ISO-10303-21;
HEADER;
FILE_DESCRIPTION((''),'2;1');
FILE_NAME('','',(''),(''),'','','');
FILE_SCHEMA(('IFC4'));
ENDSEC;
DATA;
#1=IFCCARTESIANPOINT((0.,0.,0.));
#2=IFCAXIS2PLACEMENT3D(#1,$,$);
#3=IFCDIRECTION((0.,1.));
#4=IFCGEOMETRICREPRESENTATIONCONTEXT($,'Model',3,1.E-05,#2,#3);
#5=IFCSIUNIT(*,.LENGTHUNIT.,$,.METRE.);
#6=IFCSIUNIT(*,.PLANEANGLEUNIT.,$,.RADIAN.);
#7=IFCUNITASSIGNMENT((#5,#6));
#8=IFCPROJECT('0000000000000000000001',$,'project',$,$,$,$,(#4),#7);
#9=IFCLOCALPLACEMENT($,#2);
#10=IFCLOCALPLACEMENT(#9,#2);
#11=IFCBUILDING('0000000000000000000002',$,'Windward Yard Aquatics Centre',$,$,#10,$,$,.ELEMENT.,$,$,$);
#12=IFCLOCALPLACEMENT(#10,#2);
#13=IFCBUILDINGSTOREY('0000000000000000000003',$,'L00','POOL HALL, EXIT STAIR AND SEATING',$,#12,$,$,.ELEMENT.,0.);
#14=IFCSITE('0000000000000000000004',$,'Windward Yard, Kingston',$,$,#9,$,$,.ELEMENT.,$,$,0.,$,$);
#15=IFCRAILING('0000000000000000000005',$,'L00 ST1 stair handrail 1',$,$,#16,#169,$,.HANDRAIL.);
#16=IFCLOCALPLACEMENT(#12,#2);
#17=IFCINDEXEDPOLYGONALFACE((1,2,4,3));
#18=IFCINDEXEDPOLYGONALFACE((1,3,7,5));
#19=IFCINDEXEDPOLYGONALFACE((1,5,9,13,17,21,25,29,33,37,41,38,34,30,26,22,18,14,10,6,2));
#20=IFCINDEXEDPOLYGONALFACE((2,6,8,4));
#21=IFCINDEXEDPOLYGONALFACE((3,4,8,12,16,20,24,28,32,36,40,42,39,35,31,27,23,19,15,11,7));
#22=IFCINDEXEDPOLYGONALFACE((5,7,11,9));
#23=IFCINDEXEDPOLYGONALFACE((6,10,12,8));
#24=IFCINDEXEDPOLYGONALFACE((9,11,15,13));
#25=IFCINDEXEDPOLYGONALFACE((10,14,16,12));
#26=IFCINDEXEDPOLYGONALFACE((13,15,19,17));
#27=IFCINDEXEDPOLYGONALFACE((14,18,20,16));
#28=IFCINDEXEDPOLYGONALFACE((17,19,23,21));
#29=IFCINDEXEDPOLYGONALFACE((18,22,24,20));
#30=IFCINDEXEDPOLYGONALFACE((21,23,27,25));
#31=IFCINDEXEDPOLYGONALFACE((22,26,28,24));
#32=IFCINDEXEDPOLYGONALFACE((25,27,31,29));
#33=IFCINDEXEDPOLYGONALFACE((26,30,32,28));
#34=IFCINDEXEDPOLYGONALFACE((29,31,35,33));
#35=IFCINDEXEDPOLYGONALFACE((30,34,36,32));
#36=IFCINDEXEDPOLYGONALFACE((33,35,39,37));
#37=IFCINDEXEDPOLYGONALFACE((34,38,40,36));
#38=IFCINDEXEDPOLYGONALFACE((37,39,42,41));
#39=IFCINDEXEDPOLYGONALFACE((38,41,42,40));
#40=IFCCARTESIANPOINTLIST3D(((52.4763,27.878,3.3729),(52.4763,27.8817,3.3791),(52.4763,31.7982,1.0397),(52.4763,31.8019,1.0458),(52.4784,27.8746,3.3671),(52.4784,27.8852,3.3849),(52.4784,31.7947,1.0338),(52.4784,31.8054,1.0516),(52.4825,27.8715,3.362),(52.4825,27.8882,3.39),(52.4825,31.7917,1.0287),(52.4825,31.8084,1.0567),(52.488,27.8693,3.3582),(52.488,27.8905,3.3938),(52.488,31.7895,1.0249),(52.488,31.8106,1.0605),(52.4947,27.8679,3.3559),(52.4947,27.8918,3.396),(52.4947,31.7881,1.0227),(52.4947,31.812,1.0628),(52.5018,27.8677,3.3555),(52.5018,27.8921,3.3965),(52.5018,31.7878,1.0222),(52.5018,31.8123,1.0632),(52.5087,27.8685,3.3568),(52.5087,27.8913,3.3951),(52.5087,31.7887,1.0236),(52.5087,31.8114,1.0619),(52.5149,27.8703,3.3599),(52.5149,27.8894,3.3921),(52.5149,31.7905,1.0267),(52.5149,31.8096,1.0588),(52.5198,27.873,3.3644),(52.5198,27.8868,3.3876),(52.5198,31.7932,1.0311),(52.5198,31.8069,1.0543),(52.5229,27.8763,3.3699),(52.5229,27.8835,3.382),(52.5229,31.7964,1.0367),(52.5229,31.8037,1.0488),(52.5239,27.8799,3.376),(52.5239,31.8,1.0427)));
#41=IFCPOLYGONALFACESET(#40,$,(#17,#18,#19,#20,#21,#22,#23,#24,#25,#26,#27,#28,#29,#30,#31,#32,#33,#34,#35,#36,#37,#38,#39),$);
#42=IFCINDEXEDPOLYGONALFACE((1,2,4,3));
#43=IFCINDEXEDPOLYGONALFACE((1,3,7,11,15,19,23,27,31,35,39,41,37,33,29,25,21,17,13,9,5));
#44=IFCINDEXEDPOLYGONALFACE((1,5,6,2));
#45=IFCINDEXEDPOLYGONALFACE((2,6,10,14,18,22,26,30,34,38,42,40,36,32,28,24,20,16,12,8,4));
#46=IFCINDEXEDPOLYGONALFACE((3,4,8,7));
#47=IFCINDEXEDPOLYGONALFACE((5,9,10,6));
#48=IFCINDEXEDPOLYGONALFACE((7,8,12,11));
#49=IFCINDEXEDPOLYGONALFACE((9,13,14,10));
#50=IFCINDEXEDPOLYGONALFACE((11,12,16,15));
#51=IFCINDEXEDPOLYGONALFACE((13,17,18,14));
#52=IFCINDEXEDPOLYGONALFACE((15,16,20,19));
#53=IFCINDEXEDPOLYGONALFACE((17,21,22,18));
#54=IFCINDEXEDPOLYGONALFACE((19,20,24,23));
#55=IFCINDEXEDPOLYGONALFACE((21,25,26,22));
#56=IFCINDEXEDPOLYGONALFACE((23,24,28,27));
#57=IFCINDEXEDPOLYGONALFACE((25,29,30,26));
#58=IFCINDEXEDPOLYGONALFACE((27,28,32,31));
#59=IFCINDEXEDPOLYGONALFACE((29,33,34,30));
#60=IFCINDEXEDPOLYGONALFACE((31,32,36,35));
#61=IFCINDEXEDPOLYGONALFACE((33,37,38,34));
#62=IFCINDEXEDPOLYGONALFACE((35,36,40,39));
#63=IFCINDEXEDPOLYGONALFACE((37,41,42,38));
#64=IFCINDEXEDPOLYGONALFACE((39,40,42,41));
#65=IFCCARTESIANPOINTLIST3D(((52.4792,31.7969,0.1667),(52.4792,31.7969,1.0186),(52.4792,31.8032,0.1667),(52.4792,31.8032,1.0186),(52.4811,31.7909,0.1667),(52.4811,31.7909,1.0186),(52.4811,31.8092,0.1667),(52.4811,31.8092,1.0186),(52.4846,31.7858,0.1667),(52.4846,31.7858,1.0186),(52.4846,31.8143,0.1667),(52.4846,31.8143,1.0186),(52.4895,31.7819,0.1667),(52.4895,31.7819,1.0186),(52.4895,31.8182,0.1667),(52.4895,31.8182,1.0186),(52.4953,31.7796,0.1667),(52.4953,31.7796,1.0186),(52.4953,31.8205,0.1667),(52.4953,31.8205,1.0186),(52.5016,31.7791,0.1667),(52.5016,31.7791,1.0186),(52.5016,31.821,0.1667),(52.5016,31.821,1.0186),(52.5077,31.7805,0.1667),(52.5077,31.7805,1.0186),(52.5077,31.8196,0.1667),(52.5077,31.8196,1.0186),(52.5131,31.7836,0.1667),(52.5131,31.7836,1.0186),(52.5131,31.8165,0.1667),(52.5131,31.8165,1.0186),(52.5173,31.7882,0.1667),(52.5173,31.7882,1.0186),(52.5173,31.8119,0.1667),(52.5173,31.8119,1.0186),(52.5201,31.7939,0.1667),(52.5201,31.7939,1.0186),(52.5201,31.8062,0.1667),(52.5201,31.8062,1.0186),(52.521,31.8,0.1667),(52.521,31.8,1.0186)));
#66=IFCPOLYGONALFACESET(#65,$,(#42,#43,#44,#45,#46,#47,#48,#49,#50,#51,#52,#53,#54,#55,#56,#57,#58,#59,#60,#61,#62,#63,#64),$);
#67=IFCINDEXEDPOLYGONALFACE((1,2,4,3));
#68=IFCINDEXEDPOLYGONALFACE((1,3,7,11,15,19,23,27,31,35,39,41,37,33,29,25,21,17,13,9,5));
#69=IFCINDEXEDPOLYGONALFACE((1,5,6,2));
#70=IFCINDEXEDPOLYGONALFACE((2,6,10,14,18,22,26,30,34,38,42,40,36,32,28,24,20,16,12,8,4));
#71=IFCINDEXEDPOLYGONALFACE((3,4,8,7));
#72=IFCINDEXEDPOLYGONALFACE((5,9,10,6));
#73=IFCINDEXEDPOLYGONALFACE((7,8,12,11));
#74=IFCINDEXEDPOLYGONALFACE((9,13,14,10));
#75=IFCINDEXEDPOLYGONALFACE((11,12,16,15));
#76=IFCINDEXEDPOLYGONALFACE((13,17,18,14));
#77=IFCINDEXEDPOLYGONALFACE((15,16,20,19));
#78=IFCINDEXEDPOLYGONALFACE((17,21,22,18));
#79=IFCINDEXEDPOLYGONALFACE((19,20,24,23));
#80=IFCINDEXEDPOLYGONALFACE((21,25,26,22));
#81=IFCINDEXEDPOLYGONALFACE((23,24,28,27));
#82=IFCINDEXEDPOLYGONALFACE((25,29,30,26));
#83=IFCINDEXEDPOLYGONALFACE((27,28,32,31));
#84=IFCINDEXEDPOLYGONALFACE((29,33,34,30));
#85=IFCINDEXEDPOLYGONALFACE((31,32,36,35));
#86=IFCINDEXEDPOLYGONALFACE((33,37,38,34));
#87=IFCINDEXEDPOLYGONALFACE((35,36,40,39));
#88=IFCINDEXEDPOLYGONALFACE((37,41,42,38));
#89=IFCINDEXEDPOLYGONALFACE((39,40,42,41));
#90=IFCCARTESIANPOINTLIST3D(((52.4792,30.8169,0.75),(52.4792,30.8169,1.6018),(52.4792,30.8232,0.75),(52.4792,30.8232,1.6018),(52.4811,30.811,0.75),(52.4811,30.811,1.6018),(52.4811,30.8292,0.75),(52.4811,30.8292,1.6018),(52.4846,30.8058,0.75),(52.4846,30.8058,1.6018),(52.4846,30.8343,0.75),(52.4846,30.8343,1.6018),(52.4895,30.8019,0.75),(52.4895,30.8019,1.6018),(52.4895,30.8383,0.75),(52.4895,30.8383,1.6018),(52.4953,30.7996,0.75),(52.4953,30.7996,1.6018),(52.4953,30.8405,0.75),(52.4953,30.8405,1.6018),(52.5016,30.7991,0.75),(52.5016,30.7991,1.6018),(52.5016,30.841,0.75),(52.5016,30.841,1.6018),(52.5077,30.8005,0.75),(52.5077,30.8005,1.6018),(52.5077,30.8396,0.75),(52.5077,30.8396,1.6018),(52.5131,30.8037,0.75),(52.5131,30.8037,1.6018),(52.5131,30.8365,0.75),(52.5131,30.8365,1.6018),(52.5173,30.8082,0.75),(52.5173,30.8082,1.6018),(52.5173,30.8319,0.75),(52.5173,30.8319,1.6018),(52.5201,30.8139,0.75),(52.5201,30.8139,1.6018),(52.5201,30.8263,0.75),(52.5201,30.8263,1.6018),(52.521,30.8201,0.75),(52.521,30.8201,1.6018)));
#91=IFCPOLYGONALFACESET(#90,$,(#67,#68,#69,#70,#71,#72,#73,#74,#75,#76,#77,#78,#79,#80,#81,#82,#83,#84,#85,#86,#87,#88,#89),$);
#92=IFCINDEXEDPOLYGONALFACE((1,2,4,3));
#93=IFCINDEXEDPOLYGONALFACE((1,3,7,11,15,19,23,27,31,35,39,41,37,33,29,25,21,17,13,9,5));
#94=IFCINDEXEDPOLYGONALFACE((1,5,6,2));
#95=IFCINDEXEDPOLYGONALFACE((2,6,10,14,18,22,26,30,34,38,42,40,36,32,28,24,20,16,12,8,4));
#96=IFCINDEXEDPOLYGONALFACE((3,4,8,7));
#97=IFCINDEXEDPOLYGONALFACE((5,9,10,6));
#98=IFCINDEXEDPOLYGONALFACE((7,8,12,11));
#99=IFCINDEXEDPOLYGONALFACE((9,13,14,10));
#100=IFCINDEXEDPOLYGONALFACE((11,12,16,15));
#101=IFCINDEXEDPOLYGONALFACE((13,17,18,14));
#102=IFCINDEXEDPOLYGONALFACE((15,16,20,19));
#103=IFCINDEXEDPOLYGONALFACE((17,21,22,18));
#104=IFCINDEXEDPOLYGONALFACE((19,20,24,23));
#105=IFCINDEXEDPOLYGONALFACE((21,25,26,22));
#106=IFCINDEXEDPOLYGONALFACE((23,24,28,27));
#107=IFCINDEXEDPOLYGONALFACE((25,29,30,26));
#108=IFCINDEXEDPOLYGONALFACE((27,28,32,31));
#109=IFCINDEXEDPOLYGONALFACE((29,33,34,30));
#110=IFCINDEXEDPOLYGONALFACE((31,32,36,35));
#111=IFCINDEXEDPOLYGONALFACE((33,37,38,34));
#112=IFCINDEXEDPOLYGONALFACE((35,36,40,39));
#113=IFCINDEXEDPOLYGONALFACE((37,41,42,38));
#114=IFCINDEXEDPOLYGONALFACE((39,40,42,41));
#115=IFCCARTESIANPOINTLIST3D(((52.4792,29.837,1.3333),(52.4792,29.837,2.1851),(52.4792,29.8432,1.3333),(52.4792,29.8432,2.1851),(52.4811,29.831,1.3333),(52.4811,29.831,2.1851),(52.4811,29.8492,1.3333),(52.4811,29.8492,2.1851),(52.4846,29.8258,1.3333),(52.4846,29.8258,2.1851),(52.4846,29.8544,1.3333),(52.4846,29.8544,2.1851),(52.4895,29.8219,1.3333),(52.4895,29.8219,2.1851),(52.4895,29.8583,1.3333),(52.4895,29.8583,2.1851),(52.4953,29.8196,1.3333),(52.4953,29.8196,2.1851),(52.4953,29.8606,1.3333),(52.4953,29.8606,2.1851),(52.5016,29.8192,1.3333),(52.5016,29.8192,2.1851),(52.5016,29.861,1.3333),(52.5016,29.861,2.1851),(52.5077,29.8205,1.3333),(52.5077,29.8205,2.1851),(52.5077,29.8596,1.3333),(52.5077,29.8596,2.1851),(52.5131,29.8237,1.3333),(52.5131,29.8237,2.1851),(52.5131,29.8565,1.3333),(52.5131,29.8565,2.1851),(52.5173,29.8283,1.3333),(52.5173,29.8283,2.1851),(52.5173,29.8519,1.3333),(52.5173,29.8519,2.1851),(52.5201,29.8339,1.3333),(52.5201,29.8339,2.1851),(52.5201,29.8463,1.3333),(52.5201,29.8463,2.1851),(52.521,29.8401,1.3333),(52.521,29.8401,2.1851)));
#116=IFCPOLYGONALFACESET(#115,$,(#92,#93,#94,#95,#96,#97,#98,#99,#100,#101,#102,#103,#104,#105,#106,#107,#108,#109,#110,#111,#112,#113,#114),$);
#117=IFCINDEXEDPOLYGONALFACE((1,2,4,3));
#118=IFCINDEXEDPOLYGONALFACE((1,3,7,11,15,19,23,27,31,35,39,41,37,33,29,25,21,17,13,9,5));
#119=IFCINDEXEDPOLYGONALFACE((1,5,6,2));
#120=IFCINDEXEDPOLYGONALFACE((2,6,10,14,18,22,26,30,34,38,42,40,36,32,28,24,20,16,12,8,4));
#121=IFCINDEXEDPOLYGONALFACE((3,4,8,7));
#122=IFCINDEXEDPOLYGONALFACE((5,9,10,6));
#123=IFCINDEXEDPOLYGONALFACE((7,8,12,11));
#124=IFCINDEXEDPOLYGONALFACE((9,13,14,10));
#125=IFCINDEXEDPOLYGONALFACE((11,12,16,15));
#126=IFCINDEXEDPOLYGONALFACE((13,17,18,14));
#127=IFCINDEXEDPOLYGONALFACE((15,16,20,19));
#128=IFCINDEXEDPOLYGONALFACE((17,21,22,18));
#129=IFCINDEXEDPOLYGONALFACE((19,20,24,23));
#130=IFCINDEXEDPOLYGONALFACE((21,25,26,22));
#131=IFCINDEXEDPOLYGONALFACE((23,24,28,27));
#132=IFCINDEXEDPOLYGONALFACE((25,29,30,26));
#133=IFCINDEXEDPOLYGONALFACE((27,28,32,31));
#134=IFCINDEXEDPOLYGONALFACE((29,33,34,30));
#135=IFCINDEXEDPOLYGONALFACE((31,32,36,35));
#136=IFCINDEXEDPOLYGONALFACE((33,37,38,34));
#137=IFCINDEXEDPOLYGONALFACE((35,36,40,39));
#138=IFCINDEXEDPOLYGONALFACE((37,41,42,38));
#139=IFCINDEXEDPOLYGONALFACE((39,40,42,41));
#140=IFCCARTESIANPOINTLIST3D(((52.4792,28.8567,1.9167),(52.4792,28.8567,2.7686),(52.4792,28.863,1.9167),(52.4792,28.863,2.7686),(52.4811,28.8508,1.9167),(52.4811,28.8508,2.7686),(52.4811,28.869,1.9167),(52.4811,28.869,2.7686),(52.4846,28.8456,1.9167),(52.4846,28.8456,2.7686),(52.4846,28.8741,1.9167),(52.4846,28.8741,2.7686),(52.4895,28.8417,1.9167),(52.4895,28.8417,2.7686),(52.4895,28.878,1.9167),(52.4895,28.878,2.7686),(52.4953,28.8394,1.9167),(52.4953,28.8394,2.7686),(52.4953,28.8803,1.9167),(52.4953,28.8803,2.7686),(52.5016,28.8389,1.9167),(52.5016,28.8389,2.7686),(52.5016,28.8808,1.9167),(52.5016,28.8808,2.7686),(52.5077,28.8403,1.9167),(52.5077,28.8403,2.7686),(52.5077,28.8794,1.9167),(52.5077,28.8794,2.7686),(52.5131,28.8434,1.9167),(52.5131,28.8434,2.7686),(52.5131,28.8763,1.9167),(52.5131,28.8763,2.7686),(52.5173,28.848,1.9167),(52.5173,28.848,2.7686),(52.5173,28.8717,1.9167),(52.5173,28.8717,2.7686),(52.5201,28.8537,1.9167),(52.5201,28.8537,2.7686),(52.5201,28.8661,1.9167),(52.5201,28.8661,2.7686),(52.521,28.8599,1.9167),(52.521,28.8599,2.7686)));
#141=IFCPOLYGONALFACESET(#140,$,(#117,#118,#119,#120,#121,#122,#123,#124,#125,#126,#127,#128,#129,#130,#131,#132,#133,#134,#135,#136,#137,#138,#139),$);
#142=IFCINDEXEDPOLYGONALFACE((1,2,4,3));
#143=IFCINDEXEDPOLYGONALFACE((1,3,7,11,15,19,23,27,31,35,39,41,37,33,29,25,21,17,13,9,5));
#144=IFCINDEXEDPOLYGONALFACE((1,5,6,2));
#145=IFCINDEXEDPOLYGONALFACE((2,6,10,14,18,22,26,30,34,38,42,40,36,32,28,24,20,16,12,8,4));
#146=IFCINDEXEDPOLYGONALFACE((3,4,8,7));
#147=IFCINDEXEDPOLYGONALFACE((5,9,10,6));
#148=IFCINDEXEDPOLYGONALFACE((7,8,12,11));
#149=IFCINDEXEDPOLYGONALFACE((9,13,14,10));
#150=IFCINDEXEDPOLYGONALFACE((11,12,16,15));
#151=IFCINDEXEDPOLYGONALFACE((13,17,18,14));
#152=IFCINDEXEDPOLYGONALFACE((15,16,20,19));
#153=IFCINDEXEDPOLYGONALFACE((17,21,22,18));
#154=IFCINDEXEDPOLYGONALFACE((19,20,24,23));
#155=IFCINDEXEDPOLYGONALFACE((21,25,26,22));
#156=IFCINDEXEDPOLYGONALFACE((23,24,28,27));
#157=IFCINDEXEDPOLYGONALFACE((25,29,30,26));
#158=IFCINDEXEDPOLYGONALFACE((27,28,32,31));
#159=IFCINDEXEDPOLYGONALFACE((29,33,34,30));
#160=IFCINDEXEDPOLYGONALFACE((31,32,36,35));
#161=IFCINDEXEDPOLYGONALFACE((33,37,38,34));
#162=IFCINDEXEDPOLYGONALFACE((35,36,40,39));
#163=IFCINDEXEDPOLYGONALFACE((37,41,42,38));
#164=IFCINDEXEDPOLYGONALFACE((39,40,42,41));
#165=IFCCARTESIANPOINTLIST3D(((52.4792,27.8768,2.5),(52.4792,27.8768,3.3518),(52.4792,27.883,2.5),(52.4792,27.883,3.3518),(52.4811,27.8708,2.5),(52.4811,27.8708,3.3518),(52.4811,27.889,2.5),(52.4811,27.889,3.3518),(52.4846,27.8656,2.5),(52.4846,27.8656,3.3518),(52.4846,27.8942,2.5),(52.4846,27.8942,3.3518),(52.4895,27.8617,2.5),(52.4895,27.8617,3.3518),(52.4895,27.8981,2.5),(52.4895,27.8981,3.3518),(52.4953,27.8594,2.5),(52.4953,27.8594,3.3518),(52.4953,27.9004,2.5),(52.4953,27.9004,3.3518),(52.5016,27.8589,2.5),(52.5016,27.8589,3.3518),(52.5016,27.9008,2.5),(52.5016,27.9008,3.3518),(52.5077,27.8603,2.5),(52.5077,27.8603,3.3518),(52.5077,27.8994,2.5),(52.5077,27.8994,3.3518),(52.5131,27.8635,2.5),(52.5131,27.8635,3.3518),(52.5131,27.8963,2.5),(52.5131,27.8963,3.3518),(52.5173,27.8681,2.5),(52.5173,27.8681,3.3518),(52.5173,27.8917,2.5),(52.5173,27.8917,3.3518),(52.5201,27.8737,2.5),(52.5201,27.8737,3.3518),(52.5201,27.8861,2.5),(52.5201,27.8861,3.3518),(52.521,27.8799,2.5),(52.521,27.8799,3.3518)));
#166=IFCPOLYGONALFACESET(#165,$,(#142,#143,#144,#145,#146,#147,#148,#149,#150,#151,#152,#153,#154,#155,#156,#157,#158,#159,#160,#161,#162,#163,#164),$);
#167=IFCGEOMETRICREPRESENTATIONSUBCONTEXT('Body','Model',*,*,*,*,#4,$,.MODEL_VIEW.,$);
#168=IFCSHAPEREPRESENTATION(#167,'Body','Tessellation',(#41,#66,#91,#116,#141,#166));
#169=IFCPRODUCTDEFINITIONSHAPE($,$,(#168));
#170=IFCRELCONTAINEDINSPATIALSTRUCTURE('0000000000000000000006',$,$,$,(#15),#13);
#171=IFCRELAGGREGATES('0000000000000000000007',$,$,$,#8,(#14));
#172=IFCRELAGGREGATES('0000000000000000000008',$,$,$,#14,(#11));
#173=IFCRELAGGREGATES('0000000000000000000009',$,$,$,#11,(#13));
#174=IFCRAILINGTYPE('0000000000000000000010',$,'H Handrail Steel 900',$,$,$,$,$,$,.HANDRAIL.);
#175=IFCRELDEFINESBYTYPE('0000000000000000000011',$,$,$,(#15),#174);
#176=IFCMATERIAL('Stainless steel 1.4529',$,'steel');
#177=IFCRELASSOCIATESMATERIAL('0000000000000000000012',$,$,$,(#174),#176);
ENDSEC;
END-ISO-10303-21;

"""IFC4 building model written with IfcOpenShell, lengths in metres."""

from ifc_helpers import new_model, si_unit, direction, frame, origin, origin_2d, place, context, subcontext, project, spatial, circle, extrude, material, type_object, element, save


model = new_model("IFC4")

# Units and contexts
model_context = context("Model", 3, precision=1e-05, world=origin(), true_north=direction((0.0, 1.0)))
body_context = subcontext(model_context, "Body", "Model", "MODEL_VIEW")
ifc_project = project(units=[si_unit("LENGTHUNIT", "METRE"), si_unit("PLANEANGLEUNIT", "RADIAN")], contexts=[model_context])

# Site, building, storey
site_placement = place(None, origin())
site = spatial("IfcSite", under=ifc_project, at=site_placement, Name="Windward Yard, Kingston", CompositionType="ELEMENT", RefElevation=0.0)
building_placement = place(site_placement, origin())
building = spatial("IfcBuilding", under=site, at=building_placement, Name="Windward Yard Aquatics Centre", CompositionType="ELEMENT")
storey_placement = place(building_placement, origin())
storey = spatial("IfcBuildingStorey", under=building, at=storey_placement, Name="L00", Description="POOL HALL, EXIT STAIR AND SEATING", CompositionType="ELEMENT", Elevation=0.0)

# Railing
ifc_material_1 = material(Name="Stainless steel 1.4529", Category="steel")
railing_type_1 = type_object("IfcRailingType", Name="H Handrail Steel 900", PredefinedType="HANDRAIL", material=ifc_material_1)
railing_1_placement = place(storey_placement, frame((52.5, 31.8, 0.1667)))
element("IfcRailing", 1, at=railing_1_placement, inside=storey, type_object=railing_type_1, Name="L00 ST1 stair handrail 1", PredefinedType="HANDRAIL", context=body_context, shape_type="SweptSolid", body=[
    extrude(circle(Radius=0.0239, at=origin_2d()), frame((0.0, 0.0, 0.876), z_axis=(0.0, -0.85931, 0.511455), x_axis=(1.0, 0.0, 0.0)), (0.0, 0.0, 1.0), 4.562),
    extrude(circle(Radius=0.021, at=origin_2d()), origin(), (0.0, 0.0, 1.0), 0.8518),
    extrude(circle(Radius=0.021, at=origin_2d()), frame((0.0, -0.98, 0.5833)), (0.0, 0.0, 1.0), 0.8518),
    extrude(circle(Radius=0.021, at=origin_2d()), frame((0.0, -1.96, 1.1665)), (0.0, 0.0, 1.0), 0.8518),
    extrude(circle(Radius=0.021, at=origin_2d()), frame((0.0, -2.9402, 1.75)), (0.0, 0.0, 1.0), 0.8518),
    extrude(circle(Radius=0.021, at=origin_2d()), frame((0.0, -3.9202, 2.3333)), (0.0, 0.0, 1.0), 0.8518),
])

save(model, "model.ifc")
